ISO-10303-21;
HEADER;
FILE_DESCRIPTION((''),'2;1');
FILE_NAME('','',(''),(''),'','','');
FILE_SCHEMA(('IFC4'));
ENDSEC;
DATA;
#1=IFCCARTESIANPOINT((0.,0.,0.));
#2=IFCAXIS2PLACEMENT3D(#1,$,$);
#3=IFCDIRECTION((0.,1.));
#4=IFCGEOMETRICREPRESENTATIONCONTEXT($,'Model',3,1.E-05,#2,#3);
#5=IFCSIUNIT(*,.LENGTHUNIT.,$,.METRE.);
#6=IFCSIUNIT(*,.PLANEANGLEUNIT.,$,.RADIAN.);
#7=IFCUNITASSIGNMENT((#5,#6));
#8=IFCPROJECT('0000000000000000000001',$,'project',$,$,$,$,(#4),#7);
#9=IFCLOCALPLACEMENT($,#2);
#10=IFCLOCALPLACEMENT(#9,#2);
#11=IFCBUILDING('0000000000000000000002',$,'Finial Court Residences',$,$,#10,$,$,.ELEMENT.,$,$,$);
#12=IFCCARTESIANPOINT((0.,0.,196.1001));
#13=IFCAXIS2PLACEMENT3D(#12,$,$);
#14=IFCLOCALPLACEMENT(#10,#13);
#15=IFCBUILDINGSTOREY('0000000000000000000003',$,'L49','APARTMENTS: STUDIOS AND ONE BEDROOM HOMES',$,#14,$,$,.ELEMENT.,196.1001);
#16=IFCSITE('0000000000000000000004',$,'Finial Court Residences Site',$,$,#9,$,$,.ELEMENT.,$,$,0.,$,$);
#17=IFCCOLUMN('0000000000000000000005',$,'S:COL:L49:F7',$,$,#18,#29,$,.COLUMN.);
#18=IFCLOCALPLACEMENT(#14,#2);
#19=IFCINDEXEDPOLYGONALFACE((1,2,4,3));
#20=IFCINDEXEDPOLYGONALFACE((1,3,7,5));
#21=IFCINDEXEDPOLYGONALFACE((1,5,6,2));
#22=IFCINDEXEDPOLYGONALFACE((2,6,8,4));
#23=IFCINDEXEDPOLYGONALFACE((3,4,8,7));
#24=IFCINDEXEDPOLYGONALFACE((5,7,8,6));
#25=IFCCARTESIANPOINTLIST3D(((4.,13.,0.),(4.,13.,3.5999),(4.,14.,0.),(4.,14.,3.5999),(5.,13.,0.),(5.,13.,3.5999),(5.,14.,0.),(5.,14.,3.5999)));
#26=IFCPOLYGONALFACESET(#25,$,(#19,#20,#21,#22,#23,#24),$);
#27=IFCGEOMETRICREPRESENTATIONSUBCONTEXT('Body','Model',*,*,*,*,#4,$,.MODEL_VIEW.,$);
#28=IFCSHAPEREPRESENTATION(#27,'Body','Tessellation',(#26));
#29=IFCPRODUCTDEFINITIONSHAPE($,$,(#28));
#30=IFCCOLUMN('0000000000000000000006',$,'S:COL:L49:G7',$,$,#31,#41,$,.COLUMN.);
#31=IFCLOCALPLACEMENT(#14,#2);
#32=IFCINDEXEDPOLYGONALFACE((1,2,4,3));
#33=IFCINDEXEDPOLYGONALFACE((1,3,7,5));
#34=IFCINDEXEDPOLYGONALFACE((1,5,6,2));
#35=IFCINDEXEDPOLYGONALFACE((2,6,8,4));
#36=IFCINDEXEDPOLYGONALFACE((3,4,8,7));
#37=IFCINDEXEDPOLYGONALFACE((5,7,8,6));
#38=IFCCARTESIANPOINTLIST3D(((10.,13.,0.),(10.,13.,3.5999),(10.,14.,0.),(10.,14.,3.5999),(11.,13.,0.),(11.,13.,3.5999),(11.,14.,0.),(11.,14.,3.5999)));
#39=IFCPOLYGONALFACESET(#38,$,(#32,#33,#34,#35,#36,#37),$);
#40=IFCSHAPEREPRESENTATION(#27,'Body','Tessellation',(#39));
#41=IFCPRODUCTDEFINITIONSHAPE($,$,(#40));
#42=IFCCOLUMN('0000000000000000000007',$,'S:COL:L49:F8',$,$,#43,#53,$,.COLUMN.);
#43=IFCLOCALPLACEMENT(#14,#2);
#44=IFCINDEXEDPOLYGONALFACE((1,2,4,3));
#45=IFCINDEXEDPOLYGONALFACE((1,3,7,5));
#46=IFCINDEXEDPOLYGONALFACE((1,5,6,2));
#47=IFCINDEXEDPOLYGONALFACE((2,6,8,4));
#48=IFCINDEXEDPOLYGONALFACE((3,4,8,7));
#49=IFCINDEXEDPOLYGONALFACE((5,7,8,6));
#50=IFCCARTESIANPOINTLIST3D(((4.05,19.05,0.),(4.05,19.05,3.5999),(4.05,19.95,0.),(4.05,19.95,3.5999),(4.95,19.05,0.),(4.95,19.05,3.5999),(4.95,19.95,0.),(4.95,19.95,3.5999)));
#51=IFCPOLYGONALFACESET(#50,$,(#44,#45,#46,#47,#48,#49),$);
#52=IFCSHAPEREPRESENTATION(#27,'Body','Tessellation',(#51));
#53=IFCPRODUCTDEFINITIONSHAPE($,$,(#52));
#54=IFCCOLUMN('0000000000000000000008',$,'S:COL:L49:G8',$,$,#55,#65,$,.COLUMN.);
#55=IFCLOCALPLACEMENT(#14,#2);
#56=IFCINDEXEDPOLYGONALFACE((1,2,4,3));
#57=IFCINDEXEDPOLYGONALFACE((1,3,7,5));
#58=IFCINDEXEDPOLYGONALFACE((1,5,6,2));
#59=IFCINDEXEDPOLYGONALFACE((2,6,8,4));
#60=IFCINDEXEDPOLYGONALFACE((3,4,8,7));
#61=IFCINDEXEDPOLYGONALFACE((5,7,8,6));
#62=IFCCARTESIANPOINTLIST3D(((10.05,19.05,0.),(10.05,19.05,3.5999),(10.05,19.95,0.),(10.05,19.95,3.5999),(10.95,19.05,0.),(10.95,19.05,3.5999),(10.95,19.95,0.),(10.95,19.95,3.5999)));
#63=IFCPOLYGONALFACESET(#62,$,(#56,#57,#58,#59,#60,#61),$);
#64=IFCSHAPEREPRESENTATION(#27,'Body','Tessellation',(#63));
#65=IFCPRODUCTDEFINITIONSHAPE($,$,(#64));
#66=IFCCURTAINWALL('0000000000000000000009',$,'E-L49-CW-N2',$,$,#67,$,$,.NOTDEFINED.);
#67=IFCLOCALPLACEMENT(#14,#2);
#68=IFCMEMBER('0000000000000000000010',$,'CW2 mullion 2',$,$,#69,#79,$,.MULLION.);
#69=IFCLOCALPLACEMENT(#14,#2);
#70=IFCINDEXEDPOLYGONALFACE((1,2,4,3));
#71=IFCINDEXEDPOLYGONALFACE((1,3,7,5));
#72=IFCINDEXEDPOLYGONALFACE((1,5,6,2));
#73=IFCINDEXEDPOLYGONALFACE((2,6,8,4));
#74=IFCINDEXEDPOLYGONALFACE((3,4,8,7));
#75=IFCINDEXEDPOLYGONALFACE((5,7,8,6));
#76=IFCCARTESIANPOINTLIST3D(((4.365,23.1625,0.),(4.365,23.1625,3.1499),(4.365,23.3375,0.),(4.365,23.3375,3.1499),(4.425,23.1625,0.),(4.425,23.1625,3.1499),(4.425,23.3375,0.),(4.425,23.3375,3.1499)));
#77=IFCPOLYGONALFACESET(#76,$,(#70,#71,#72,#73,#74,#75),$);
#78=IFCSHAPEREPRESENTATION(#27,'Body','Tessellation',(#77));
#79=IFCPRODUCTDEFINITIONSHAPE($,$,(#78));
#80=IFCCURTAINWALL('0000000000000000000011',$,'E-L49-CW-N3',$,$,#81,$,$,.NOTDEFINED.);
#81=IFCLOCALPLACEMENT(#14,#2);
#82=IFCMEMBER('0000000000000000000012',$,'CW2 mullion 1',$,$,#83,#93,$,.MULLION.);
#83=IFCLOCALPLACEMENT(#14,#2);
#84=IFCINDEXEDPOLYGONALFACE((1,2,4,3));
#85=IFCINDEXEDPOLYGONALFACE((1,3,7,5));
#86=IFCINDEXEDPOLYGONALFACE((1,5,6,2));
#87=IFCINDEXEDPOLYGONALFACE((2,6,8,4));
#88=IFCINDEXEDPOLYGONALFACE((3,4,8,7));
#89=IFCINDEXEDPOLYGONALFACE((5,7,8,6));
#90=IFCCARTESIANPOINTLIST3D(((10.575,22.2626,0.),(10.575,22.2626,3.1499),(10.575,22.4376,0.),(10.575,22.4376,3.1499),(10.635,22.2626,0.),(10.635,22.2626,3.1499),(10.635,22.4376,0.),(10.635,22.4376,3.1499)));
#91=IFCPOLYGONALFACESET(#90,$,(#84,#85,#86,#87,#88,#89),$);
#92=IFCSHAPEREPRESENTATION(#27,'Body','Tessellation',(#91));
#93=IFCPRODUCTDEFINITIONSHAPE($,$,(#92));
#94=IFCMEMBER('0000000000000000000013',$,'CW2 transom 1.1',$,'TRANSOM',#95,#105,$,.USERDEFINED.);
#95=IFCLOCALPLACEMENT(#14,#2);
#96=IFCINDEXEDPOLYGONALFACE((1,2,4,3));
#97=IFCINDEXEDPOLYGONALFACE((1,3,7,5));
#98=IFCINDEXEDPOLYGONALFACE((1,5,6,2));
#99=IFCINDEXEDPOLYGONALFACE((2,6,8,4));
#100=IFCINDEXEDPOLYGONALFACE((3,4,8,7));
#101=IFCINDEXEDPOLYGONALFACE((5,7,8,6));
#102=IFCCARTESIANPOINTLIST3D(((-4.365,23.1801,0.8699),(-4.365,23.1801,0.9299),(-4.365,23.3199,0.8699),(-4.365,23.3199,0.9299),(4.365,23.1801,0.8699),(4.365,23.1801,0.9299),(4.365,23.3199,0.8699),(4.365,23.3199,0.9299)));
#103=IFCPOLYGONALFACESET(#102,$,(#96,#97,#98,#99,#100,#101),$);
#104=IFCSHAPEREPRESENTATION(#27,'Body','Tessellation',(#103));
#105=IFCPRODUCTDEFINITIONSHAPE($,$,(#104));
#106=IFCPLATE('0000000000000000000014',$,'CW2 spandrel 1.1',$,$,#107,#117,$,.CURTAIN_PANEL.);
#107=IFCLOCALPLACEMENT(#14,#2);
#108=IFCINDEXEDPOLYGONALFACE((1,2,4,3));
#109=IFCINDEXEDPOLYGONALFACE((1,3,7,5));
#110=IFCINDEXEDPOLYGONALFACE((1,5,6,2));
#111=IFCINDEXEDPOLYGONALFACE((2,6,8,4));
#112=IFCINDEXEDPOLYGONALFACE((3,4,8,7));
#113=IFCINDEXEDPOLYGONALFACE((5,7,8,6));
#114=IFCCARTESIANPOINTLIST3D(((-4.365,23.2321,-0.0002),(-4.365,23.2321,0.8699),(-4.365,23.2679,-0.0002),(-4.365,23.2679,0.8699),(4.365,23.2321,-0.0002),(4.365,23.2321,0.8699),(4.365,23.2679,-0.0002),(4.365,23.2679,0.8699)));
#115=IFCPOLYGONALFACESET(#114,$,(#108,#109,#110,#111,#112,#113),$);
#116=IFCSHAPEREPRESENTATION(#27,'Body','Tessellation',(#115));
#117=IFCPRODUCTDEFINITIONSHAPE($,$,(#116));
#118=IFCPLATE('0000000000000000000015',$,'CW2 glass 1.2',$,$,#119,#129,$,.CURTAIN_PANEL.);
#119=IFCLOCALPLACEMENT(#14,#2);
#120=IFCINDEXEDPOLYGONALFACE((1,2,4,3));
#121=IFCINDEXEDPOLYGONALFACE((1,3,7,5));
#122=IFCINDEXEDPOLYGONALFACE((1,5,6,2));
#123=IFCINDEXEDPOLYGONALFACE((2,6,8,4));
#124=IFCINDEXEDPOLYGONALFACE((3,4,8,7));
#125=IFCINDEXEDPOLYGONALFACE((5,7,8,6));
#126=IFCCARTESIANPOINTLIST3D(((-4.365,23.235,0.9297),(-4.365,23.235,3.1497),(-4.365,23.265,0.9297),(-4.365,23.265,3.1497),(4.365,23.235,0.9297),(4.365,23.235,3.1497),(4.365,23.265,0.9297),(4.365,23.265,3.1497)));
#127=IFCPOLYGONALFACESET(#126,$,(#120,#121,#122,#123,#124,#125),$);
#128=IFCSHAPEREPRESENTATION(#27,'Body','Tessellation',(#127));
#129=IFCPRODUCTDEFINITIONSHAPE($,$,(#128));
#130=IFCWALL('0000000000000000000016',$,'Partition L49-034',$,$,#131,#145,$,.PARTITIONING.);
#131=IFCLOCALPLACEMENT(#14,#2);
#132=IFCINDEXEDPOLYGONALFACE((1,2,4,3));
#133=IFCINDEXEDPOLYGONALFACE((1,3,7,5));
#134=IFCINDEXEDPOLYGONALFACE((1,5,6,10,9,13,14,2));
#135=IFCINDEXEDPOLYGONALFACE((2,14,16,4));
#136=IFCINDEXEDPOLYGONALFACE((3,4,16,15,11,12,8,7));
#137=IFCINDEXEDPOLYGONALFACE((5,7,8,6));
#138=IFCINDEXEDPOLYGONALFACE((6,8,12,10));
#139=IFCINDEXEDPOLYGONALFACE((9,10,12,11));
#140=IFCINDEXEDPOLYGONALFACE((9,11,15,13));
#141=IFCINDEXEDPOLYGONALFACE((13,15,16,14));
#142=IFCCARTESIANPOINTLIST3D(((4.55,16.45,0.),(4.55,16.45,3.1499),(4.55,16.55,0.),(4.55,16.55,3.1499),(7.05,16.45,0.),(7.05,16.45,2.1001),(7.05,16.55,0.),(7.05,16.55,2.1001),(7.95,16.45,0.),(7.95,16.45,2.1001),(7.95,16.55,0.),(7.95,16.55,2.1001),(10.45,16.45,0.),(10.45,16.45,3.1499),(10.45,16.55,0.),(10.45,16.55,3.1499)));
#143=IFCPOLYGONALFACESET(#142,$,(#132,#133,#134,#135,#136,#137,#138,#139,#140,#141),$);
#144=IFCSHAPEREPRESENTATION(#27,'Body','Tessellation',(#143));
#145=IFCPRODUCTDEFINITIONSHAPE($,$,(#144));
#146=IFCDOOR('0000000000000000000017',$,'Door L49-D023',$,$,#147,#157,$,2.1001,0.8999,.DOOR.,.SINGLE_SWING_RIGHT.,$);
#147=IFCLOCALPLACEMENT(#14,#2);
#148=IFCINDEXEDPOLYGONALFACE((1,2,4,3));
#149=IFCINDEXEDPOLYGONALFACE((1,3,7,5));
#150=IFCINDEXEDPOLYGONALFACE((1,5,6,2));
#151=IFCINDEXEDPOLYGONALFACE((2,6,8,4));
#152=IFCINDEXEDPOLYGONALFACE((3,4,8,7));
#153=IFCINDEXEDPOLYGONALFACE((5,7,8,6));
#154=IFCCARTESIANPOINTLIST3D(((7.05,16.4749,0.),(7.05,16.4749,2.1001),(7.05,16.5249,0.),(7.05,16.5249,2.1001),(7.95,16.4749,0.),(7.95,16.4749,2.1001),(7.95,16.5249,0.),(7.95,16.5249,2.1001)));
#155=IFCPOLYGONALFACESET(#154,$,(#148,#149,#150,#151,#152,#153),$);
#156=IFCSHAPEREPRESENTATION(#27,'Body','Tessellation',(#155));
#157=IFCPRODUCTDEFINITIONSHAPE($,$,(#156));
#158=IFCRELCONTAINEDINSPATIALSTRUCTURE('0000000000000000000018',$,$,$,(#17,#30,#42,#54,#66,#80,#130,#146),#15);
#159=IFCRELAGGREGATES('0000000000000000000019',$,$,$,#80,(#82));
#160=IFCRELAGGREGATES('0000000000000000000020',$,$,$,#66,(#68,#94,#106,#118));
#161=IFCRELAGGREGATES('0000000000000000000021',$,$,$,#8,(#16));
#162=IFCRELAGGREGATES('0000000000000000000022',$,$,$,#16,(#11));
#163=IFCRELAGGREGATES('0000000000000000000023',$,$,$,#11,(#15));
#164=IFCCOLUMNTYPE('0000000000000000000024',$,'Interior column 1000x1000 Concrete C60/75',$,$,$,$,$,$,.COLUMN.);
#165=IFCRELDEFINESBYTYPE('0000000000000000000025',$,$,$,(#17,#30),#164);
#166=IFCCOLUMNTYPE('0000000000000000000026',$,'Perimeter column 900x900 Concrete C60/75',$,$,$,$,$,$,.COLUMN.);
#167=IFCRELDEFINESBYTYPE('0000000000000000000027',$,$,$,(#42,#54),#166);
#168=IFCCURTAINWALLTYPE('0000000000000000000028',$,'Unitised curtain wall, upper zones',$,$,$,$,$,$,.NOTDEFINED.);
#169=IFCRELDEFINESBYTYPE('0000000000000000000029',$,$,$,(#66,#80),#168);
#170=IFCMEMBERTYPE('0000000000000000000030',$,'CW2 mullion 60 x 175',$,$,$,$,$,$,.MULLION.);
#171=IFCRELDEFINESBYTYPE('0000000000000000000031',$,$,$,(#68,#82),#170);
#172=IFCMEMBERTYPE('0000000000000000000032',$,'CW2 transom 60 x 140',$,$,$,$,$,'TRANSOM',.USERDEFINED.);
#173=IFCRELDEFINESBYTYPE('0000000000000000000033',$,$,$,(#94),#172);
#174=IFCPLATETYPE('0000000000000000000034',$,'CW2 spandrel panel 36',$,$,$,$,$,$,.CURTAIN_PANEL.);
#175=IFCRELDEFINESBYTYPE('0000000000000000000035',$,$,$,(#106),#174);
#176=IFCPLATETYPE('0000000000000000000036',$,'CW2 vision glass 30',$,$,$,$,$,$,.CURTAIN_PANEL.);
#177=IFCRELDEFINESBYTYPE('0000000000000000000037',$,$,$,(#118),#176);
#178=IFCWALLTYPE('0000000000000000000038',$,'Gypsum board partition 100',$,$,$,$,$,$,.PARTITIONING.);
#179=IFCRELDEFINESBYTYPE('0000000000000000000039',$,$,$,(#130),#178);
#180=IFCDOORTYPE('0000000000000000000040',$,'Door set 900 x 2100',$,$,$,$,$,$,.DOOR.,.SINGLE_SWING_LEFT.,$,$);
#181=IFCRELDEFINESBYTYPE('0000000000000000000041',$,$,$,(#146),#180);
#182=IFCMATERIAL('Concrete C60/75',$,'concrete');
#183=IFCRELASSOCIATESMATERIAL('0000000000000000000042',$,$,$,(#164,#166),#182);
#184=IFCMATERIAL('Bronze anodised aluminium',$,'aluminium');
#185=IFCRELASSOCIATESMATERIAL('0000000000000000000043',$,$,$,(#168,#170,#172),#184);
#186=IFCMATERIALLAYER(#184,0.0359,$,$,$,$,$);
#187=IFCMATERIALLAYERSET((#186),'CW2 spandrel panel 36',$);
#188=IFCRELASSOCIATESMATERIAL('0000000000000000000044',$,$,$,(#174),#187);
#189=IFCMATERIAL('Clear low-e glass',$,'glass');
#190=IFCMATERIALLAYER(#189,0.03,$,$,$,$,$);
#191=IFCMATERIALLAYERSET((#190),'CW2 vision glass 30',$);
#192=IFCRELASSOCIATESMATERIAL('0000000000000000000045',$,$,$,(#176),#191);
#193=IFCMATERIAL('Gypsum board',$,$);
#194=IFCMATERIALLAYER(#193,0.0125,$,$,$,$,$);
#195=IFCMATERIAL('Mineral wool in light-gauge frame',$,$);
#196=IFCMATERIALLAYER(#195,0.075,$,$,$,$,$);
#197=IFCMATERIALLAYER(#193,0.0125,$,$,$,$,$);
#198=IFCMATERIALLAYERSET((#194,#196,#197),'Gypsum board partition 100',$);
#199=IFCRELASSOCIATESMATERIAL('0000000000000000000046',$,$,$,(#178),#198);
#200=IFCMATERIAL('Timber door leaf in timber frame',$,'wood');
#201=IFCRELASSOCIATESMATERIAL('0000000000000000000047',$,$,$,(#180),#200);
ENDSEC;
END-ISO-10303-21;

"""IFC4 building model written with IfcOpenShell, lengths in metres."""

from ifc_helpers import new_model, si_unit, direction, frame, frame_2d, origin, origin_2d, place, context, subcontext, project, spatial, rectangle, extrude, material, layer, layer_set, material_profile, profile_set, type_object, element, fill, aggregate, save


model = new_model("IFC4")

# Units and contexts
model_context = context("Model", 3, precision=1e-05, world=origin(), true_north=direction((0.0, 1.0)))
body_context = subcontext(model_context, "Body", "Model", "MODEL_VIEW")
ifc_project = project(units=[si_unit("LENGTHUNIT", "METRE"), si_unit("PLANEANGLEUNIT", "RADIAN")], contexts=[model_context])

# Site, building, storey
site_placement = place(None, origin())
site = spatial("IfcSite", under=ifc_project, at=site_placement, Name="Finial Court Residences Site", CompositionType="ELEMENT", RefElevation=0.0)
building_placement = place(site_placement, origin())
building = spatial("IfcBuilding", under=site, at=building_placement, Name="Finial Court Residences", CompositionType="ELEMENT")
storey_placement = place(building_placement, frame((0.0, 0.0, 196.1001)))
storey = spatial("IfcBuildingStorey", under=building, at=storey_placement, Name="L49", Description="APARTMENTS: STUDIOS AND ONE BEDROOM HOMES", CompositionType="ELEMENT", Elevation=196.1001)

# Columns
ifc_material_1 = material(Name="Concrete C60/75", Category="concrete")
ifc_material_profile_1 = material_profile(ifc_material_1, rectangle(XDim=1.0, YDim=1.0, at=origin_2d()), Name="1000x1000")
ifc_profile_set_1 = profile_set([ifc_material_profile_1], Name="Concrete C60/75")
column_type_1 = type_object("IfcColumnType", Name="Interior column 1000x1000 Concrete C60/75", PredefinedType="COLUMN", material=ifc_profile_set_1)
for number, where, z_axis, x_axis, name in (
    (1, (4.5, 13.5, 0.0), (0.0, 0.0, 1.0), (1.0, 0.0, 0.0), "S:COL:L49:F7"),
    (2, (10.5, 13.5, 0.0), (0.0, 0.0, 1.0), (1.0, 0.0, 0.0), "S:COL:L49:G7"),
):
    element("IfcColumn", number, at=place(storey_placement, frame(where, z_axis=z_axis, x_axis=x_axis)), inside=storey, type_object=column_type_1, Name=name, PredefinedType="COLUMN", context=body_context, shape_type="SweptSolid", body=[
        extrude(rectangle(XDim=1.0, YDim=1.0, at=origin_2d()), origin(), (0.0, 0.0, 1.0), 3.5999),
    ])
ifc_material_profile_2 = material_profile(ifc_material_1, rectangle(XDim=0.8999, YDim=0.8999, at=origin_2d()), Name="900x900")
ifc_profile_set_2 = profile_set([ifc_material_profile_2], Name="Concrete C60/75")
column_type_2 = type_object("IfcColumnType", Name="Perimeter column 900x900 Concrete C60/75", PredefinedType="COLUMN", material=ifc_profile_set_2)
for number, where, z_axis, x_axis, name in (
    (3, (4.5, 19.5, 0.0), (0.0, 0.0, 1.0), (1.0, 0.0, 0.0), "S:COL:L49:F8"),
    (4, (10.5, 19.5, 0.0), (0.0, 0.0, 1.0), (1.0, 0.0, 0.0), "S:COL:L49:G8"),
):
    element("IfcColumn", number, at=place(storey_placement, frame(where, z_axis=z_axis, x_axis=x_axis)), inside=storey, type_object=column_type_2, Name=name, PredefinedType="COLUMN", context=body_context, shape_type="SweptSolid", body=[
        extrude(rectangle(XDim=0.8999, YDim=0.8999, at=origin_2d()), origin(), (0.0, 0.0, 1.0), 3.5999),
    ])

# Curtain walls, members
ifc_material_2 = material(Name="Bronze anodised aluminium", Category="aluminium")
curtain_wall_type = type_object("IfcCurtainWallType", Name="Unitised curtain wall, upper zones", PredefinedType="NOTDEFINED", material=ifc_material_2)
curtain_wall_1_placement = place(storey_placement, origin())
curtain_wall_1 = element("IfcCurtainWall", 5, at=curtain_wall_1_placement, inside=storey, type_object=curtain_wall_type, Name="E-L49-CW-N2", PredefinedType="NOTDEFINED")
ifc_material_profile_3 = material_profile(ifc_material_2, rectangle(XDim=0.175, YDim=0.0601, at=origin_2d()), Name="CW2 mullion 60 x 175")
ifc_profile_set_3 = profile_set([ifc_material_profile_3], Name="Bronze anodised aluminium")
member_type_1 = type_object("IfcMemberType", Name="CW2 mullion 60 x 175", PredefinedType="MULLION", material=ifc_profile_set_3)
member_1_placement = place(storey_placement, frame((4.395, 23.25, 0.0), z_axis=(0.0, 0.0, 1.0), x_axis=(0.0, 1.0, 0.0)))
member_1 = element("IfcMember", 6, at=member_1_placement, type_object=member_type_1, Name="CW2 mullion 2", PredefinedType="MULLION", context=body_context, shape_type="SweptSolid", body=[
    extrude(rectangle(XDim=0.175, YDim=0.0601, at=origin_2d()), origin(), (0.0, 0.0, 1.0), 3.1499),
])
curtain_wall_2_placement = place(storey_placement, origin())
curtain_wall_2 = element("IfcCurtainWall", 7, at=curtain_wall_2_placement, inside=storey, type_object=curtain_wall_type, Name="E-L49-CW-N3", PredefinedType="NOTDEFINED")
member_2_placement = place(storey_placement, frame((10.605, 22.3501, 0.0), z_axis=(0.0, 0.0, 1.0), x_axis=(0.0, 1.0, 0.0)))
member_2 = element("IfcMember", 8, at=member_2_placement, type_object=member_type_1, Name="CW2 mullion 1", PredefinedType="MULLION", context=body_context, shape_type="SweptSolid", body=[
    extrude(rectangle(XDim=0.175, YDim=0.0601, at=origin_2d()), origin(), (0.0, 0.0, 1.0), 3.1499),
])
aggregate(curtain_wall_2, [member_2])

# Member
ifc_material_profile_4 = material_profile(ifc_material_2, rectangle(XDim=0.1399, YDim=0.0601, at=origin_2d()), Name="CW2 transom 60 x 140")
ifc_profile_set_4 = profile_set([ifc_material_profile_4], Name="Bronze anodised aluminium")
member_type_2 = type_object("IfcMemberType", Name="CW2 transom 60 x 140", ElementType="TRANSOM", PredefinedType="USERDEFINED", material=ifc_profile_set_4)
member_3_placement = place(storey_placement, frame((-4.365, 23.25, 0.8999), z_axis=(1.0, 0.0, 0.0), x_axis=(0.0, 1.0, 0.0)))
member_3 = element("IfcMember", 9, at=member_3_placement, type_object=member_type_2, Name="CW2 transom 1.1", ObjectType="TRANSOM", PredefinedType="USERDEFINED", context=body_context, shape_type="SweptSolid", body=[
    extrude(rectangle(XDim=0.1399, YDim=0.0601, at=origin_2d()), origin(), (0.0, 0.0, 1.0), 8.73),
])

# Plates
ifc_layer_1 = layer(ifc_material_2, 0.0359)
ifc_layer_set_1 = layer_set([ifc_layer_1], Name="CW2 spandrel panel 36")
plate_type_1 = type_object("IfcPlateType", Name="CW2 spandrel panel 36", PredefinedType="CURTAIN_PANEL", material=ifc_layer_set_1)
plate_1_placement = place(storey_placement, frame((0.0, 23.25, -0.0002), z_axis=(0.0, 0.0, 1.0), x_axis=(1.0, 0.0, 0.0)))
plate_1 = element("IfcPlate", 10, at=plate_1_placement, type_object=plate_type_1, Name="CW2 spandrel 1.1", PredefinedType="CURTAIN_PANEL", context=body_context, shape_type="SweptSolid", body=[
    extrude(rectangle(XDim=8.73, YDim=0.0359, at=origin_2d()), origin(), (0.0, 0.0, 1.0), 0.8701),
])
ifc_material_3 = material(Name="Clear low-e glass", Category="glass")
ifc_layer_2 = layer(ifc_material_3, 0.03)
ifc_layer_set_2 = layer_set([ifc_layer_2], Name="CW2 vision glass 30")
plate_type_2 = type_object("IfcPlateType", Name="CW2 vision glass 30", PredefinedType="CURTAIN_PANEL", material=ifc_layer_set_2)
plate_2_placement = place(storey_placement, frame((0.0, 23.25, 0.9297), z_axis=(0.0, 0.0, 1.0), x_axis=(1.0, 0.0, 0.0)))
plate_2 = element("IfcPlate", 11, at=plate_2_placement, type_object=plate_type_2, Name="CW2 glass 1.2", PredefinedType="CURTAIN_PANEL", context=body_context, shape_type="SweptSolid", body=[
    extrude(rectangle(XDim=8.73, YDim=0.03, at=origin_2d()), origin(), (0.0, 0.0, 1.0), 2.22),
])
aggregate(curtain_wall_1, [member_1, member_3, plate_1, plate_2])

# Wall, opening, door
ifc_material_4 = material(Name="Gypsum board")
ifc_layer_3 = layer(ifc_material_4, 0.0125)
ifc_material_5 = material(Name="Mineral wool in light-gauge frame")
ifc_layer_4 = layer(ifc_material_5, 0.075)
ifc_layer_5 = layer(ifc_material_4, 0.0125)
ifc_layer_set_3 = layer_set([ifc_layer_3, ifc_layer_4, ifc_layer_5], Name="Gypsum board partition 100")
wall_type_1 = type_object("IfcWallType", Name="Gypsum board partition 100", PredefinedType="PARTITIONING", material=ifc_layer_set_3)
wall_1_placement = place(storey_placement, frame((4.55, 16.5, 0.0), z_axis=(0.0, 0.0, 1.0), x_axis=(1.0, 0.0, 0.0)))
wall_1 = element("IfcWall", 12, at=wall_1_placement, inside=storey, type_object=wall_type_1, Name="Partition L49-034", PredefinedType="PARTITIONING", context=body_context, shape_type="SweptSolid", body=[
    extrude(rectangle(XDim=5.8999, YDim=0.1001, at=frame_2d((2.95, 0.0))), origin(), (0.0, 0.0, 1.0), 3.1499),
])
opening_1_placement = place(wall_1_placement, frame((2.5, 0.0, 0.0)))
opening_1 = element("IfcOpeningElement", 13, at=opening_1_placement, cuts=wall_1, PredefinedType="OPENING", context=body_context, shape_type="SweptSolid", body=[
    extrude(rectangle(XDim=0.8999, YDim=2.1001, at=frame_2d((0.45, 1.05))), frame((0.0, 0.0601, 0.0), z_axis=(0.0, -1.0, 0.0), x_axis=(1.0, 0.0, 0.0)), (0.0, 0.0, 1.0), 0.1201),
])
ifc_material_6 = material(Name="Timber door leaf in timber frame", Category="wood")
door_type_1 = type_object("IfcDoorType", Name="Door set 900 x 2100", OperationType="SINGLE_SWING_LEFT", PredefinedType="DOOR", material=ifc_material_6)
door_1_placement = place(opening_1_placement, origin())
door_1 = element("IfcDoor", 14, at=door_1_placement, inside=storey, type_object=door_type_1, Name="Door L49-D023", OperationType="SINGLE_SWING_RIGHT", OverallHeight=2.1001, OverallWidth=0.8999, PredefinedType="DOOR", context=body_context, shape_type="SweptSolid", body=[
    extrude(rectangle(XDim=0.8999, YDim=2.1001, at=frame_2d((0.45, 1.05))), frame((0.0, 0.0249, 0.0), z_axis=(0.0, -1.0, 0.0), x_axis=(1.0, 0.0, 0.0)), (0.0, 0.0, 1.0), 0.05),
])
fill(opening_1, door_1)

save(model, "model.ifc")
